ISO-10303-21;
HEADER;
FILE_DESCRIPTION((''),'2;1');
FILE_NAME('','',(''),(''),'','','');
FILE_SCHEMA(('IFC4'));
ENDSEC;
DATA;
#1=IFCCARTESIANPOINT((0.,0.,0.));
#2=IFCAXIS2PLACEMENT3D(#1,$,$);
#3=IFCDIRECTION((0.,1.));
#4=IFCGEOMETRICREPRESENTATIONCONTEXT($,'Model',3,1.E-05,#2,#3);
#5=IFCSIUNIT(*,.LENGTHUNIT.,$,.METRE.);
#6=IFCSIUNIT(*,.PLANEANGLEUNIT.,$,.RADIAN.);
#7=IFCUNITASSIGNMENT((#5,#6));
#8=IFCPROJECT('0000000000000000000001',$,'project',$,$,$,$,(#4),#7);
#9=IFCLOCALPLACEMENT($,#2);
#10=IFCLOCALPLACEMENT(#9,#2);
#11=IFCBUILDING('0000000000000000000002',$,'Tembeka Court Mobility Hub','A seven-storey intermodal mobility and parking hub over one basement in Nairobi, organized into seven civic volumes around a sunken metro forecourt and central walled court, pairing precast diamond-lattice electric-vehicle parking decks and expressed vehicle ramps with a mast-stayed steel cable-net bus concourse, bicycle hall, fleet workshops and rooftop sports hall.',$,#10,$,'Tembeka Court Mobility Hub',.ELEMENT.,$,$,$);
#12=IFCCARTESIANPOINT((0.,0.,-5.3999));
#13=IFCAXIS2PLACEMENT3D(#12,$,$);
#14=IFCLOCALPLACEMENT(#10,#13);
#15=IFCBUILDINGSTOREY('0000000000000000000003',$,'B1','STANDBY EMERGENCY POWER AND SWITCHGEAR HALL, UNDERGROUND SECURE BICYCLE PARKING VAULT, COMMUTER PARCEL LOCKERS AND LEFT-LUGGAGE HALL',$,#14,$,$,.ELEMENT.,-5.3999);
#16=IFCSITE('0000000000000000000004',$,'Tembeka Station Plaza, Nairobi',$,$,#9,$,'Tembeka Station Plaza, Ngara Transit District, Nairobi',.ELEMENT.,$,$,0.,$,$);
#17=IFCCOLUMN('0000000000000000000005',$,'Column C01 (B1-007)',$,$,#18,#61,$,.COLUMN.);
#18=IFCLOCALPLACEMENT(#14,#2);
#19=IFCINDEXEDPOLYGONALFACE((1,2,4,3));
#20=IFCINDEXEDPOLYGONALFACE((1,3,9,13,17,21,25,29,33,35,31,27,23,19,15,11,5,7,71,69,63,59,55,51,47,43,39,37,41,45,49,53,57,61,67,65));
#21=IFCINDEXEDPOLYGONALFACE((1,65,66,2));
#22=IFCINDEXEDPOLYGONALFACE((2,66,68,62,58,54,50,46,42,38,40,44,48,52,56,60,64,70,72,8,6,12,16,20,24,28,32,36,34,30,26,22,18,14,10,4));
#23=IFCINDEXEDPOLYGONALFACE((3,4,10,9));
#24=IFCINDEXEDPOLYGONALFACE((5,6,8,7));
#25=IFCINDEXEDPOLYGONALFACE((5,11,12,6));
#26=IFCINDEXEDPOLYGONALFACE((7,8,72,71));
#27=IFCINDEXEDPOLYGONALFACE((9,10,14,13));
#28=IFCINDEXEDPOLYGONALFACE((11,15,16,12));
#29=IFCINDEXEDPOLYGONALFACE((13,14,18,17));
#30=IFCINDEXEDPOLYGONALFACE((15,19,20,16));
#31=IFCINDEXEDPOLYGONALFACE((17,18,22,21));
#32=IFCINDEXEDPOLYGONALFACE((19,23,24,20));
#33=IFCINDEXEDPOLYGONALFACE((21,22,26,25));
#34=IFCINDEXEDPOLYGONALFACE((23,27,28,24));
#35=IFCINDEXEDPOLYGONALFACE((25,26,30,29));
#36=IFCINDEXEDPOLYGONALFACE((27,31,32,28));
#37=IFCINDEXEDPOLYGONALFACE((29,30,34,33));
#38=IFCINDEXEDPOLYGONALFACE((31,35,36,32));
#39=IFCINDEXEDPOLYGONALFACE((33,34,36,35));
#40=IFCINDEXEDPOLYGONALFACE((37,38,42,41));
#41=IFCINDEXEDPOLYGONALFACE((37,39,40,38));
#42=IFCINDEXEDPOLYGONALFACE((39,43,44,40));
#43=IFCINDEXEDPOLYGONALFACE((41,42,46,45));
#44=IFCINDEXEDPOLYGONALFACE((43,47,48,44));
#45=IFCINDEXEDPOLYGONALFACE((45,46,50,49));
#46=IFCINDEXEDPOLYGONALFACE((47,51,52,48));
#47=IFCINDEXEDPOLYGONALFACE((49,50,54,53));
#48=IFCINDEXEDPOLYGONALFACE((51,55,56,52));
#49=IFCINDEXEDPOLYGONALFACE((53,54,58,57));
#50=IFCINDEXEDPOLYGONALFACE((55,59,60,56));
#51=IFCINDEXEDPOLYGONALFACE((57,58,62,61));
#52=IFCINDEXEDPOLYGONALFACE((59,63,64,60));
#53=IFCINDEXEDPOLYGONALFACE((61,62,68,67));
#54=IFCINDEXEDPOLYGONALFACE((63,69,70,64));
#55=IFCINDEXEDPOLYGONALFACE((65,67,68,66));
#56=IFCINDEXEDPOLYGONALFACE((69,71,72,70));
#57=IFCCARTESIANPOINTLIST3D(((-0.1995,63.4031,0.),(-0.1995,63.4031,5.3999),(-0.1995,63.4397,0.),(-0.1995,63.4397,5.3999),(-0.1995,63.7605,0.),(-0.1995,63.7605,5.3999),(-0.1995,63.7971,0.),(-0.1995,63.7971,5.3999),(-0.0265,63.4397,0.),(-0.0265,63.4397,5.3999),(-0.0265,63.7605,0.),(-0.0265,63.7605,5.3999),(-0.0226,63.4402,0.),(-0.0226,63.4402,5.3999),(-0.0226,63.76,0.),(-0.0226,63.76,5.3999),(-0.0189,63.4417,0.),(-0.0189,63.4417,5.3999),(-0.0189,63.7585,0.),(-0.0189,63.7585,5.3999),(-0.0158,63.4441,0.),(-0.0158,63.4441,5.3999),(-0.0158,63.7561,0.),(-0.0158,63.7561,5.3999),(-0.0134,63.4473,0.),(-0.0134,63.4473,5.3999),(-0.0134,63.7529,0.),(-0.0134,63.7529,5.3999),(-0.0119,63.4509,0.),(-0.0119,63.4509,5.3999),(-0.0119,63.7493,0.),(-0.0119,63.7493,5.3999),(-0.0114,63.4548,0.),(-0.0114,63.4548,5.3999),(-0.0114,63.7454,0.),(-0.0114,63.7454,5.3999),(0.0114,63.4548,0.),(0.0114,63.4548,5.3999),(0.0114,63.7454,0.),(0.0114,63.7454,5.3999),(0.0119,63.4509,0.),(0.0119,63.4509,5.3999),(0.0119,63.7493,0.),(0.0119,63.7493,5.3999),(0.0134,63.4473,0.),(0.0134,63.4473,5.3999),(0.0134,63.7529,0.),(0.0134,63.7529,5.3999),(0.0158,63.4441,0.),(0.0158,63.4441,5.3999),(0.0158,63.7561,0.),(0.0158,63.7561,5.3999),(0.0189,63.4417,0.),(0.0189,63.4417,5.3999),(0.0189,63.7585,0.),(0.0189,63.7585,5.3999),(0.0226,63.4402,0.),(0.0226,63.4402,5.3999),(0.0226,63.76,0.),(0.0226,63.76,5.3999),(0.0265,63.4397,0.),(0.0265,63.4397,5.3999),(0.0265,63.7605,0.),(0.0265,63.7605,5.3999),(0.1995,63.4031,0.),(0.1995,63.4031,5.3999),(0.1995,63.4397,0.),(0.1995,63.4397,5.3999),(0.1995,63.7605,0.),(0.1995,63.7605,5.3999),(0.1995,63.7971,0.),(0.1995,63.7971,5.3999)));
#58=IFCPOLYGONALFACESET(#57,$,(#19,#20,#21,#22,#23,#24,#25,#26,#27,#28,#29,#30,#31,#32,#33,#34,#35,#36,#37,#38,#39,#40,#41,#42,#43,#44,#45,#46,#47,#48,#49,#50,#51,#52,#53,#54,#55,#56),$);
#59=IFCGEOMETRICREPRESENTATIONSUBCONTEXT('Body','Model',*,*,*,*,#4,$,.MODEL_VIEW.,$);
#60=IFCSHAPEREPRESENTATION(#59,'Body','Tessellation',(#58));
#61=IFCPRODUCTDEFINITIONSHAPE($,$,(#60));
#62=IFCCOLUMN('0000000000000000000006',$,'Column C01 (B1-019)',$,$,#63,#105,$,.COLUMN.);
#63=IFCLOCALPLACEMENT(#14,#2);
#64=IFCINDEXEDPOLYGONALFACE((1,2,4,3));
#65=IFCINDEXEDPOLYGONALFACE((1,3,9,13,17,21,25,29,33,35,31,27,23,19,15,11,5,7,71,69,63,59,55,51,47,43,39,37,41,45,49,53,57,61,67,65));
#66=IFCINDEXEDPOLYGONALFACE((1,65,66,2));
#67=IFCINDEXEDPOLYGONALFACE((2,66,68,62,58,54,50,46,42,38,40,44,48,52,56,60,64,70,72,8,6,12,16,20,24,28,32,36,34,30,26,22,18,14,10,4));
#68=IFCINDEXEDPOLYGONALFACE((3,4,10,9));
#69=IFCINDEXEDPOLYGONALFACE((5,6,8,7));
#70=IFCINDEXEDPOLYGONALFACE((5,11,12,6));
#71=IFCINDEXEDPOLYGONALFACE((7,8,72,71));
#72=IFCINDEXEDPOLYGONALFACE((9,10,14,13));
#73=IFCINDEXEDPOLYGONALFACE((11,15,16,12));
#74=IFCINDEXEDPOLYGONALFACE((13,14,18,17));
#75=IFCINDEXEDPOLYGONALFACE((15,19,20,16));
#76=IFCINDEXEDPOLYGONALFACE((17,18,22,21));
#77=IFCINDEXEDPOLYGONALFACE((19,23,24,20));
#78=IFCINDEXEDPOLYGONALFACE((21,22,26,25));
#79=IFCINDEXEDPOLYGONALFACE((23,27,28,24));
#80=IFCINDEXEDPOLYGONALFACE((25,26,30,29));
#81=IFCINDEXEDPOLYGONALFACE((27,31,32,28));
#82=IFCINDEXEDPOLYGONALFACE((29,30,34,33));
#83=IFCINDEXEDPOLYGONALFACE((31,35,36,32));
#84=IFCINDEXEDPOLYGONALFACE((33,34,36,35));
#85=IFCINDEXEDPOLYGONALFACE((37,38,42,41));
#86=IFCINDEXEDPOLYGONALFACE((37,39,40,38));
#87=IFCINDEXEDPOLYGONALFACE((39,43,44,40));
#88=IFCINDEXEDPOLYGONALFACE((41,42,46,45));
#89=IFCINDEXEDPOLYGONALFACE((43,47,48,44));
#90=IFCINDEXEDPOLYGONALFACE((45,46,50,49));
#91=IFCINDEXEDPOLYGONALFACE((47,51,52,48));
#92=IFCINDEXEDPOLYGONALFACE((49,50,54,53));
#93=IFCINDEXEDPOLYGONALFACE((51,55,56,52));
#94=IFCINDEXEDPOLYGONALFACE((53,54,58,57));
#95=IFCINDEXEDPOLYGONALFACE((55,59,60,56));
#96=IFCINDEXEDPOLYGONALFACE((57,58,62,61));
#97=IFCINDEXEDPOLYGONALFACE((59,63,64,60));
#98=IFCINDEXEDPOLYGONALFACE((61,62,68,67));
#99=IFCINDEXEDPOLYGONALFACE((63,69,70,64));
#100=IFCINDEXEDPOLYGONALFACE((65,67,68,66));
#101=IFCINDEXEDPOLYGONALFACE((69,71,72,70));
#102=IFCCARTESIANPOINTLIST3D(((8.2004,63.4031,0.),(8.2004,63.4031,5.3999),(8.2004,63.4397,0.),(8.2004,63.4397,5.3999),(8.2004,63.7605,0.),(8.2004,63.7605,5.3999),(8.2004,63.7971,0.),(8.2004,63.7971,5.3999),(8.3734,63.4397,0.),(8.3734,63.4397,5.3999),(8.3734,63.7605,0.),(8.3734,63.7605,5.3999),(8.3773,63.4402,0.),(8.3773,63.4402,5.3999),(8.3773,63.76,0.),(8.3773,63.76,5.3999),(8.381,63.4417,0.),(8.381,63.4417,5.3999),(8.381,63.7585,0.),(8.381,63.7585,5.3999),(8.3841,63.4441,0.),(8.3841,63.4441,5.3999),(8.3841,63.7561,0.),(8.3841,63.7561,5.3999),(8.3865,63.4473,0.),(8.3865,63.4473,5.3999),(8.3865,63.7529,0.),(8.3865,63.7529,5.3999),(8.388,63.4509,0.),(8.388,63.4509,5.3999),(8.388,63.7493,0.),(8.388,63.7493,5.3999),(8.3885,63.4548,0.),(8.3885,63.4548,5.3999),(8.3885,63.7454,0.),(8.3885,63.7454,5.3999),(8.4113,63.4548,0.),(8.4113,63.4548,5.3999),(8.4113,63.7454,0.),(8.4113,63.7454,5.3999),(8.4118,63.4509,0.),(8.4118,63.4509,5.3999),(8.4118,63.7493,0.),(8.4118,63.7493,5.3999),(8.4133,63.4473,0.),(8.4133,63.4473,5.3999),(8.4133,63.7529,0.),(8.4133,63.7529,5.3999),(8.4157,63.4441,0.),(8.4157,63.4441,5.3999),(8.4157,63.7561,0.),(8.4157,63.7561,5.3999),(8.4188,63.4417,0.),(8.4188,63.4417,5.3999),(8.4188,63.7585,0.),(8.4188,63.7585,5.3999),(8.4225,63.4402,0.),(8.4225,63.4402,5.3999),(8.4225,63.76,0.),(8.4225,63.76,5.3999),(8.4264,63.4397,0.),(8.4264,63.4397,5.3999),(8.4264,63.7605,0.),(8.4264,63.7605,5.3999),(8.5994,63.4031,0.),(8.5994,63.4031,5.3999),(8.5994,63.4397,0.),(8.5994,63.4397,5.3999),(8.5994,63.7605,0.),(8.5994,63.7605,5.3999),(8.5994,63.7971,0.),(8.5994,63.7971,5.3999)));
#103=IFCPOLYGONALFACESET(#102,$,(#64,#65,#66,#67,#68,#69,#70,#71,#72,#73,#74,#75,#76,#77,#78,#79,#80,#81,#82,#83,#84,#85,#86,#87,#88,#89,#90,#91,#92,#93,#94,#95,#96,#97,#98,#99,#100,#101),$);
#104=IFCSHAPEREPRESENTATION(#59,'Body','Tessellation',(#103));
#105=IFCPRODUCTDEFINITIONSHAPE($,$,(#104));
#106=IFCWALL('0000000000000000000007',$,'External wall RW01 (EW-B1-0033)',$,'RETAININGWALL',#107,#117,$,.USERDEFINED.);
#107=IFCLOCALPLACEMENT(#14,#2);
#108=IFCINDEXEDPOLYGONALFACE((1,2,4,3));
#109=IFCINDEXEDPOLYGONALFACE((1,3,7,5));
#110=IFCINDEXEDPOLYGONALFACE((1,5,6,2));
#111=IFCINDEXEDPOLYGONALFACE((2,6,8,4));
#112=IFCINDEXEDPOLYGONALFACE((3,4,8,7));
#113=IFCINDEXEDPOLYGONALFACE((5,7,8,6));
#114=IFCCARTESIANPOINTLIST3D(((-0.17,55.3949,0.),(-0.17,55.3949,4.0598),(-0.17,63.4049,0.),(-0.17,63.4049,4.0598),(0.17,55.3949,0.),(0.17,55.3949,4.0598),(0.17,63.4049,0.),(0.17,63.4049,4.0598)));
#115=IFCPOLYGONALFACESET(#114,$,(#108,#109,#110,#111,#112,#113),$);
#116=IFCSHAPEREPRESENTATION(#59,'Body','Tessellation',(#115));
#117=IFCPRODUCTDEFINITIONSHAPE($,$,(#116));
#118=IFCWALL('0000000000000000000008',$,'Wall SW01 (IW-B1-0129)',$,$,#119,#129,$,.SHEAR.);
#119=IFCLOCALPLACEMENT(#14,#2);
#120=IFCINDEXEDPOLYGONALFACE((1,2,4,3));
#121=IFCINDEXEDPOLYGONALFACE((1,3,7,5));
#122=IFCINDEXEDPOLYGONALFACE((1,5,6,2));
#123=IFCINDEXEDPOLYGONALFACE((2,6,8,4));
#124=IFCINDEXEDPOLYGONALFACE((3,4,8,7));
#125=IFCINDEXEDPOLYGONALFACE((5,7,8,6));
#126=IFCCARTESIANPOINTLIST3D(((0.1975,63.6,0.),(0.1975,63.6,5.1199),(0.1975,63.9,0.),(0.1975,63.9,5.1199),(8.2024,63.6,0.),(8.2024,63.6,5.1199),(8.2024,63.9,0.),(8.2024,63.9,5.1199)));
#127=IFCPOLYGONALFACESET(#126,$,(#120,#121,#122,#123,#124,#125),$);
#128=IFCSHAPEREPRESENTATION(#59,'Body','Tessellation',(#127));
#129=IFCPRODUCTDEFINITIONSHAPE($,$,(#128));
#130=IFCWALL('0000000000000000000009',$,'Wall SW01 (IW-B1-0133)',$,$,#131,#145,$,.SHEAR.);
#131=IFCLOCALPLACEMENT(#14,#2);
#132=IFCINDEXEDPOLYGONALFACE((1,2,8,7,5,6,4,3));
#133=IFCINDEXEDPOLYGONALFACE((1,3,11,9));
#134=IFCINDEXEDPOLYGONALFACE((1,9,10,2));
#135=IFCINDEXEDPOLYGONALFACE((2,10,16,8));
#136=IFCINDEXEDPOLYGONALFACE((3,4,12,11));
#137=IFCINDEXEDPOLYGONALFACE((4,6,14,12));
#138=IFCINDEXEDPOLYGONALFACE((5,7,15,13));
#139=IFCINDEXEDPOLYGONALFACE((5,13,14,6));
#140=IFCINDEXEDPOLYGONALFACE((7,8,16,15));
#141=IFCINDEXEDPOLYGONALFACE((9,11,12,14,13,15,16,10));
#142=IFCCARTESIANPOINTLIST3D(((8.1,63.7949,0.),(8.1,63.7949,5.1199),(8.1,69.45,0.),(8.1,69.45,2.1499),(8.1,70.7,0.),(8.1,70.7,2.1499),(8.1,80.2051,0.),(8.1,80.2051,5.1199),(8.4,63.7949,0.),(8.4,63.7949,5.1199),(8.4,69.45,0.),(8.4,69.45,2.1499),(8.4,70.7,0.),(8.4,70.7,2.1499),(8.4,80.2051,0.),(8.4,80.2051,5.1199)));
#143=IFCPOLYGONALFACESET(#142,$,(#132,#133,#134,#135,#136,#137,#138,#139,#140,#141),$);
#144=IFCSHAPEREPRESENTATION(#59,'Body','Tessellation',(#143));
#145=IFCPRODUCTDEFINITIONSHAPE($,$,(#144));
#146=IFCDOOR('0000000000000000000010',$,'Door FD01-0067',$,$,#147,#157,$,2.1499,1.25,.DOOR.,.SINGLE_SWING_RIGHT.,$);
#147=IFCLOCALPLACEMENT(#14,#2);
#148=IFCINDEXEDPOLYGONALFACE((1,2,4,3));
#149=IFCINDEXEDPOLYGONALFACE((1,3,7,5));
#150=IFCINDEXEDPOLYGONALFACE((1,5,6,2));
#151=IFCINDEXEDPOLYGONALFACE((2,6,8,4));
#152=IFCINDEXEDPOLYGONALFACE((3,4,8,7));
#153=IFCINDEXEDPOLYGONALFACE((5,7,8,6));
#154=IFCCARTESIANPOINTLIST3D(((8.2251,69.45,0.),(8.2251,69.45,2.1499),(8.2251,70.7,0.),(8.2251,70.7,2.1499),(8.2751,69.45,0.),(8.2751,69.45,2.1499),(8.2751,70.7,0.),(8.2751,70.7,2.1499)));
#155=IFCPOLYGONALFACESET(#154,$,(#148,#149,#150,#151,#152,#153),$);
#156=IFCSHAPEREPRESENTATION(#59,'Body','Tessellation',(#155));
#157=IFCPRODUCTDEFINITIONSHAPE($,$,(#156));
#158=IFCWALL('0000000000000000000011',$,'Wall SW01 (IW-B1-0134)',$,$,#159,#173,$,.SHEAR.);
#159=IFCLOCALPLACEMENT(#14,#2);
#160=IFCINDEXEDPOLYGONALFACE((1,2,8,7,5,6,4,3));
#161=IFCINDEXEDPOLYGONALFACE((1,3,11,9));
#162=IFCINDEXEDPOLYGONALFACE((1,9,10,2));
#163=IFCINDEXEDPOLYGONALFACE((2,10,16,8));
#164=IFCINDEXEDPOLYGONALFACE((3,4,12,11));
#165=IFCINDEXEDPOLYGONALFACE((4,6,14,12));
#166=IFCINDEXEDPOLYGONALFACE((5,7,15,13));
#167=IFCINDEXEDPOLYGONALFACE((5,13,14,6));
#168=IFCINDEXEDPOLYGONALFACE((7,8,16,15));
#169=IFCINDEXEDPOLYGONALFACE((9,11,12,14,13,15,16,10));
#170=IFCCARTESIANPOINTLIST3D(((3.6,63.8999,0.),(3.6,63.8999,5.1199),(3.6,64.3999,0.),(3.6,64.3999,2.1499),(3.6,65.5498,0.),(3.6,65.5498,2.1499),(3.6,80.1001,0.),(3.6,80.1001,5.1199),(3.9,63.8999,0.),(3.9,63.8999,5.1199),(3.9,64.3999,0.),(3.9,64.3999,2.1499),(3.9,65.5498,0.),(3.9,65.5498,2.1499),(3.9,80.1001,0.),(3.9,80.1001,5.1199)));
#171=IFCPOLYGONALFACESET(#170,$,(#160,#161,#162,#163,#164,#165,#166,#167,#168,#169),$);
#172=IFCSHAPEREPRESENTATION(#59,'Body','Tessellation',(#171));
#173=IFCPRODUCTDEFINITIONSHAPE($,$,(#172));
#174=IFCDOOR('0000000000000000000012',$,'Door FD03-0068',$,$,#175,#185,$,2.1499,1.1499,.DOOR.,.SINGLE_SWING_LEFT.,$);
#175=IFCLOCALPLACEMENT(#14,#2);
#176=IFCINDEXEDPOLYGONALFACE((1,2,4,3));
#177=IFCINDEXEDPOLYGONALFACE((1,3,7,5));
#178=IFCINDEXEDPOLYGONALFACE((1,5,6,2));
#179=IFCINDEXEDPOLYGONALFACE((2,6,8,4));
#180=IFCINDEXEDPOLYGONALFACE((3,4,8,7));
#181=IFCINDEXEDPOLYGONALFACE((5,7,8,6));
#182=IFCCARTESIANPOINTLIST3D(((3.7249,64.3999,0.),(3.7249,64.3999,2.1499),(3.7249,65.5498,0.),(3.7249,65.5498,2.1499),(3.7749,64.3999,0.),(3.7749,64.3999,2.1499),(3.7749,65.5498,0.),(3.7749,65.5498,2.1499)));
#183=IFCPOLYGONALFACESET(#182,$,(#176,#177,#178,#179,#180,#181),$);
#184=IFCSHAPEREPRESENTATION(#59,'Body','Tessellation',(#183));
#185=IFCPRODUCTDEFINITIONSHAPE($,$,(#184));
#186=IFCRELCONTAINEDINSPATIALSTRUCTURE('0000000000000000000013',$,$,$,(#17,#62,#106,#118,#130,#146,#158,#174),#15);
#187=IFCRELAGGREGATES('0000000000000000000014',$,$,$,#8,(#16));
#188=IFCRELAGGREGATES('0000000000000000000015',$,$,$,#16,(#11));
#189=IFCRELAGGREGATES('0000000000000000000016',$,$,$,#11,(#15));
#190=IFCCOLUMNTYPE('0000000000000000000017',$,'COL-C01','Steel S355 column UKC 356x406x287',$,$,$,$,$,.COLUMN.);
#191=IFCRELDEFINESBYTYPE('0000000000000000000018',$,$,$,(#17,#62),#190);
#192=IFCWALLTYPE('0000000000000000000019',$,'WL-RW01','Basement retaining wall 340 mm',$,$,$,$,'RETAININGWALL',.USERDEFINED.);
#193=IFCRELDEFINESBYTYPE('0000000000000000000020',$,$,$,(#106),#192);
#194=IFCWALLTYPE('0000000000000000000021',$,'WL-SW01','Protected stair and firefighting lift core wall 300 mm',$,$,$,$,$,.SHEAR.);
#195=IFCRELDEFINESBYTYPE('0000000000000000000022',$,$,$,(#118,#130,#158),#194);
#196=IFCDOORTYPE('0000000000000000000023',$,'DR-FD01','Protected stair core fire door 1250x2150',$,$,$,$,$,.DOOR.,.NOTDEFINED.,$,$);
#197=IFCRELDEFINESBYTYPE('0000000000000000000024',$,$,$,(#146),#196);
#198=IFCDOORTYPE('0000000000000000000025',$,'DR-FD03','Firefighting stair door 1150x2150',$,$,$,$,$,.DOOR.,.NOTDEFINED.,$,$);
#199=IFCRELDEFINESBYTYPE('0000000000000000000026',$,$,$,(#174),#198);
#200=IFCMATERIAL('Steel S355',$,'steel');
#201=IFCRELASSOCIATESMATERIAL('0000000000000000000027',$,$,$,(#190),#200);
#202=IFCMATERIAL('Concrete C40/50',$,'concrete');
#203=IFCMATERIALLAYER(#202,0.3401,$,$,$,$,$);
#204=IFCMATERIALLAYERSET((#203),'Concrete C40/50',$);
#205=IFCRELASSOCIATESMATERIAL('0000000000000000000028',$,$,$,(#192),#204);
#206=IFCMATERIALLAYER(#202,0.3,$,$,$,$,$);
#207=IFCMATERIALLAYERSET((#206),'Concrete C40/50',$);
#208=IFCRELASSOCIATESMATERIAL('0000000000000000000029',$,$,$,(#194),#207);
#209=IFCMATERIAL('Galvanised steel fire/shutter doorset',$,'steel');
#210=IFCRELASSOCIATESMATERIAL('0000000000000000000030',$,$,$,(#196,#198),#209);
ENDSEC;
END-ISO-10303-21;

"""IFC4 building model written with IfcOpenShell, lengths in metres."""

from ifc_helpers import new_model, si_unit, direction, frame, frame_2d, origin, origin_2d, place, context, subcontext, project, spatial, rectangle, i_section, extrude, material, layer, layer_set, material_profile, profile_set, type_object, element, fill, save


model = new_model("IFC4")

# Units and contexts
model_context = context("Model", 3, precision=1e-05, world=origin(), true_north=direction((0.0, 1.0)))
body_context = subcontext(model_context, "Body", "Model", "MODEL_VIEW")
ifc_project = project(units=[si_unit("LENGTHUNIT", "METRE"), si_unit("PLANEANGLEUNIT", "RADIAN")], contexts=[model_context])

# Site, building, storey
site_placement = place(None, origin())
site = spatial("IfcSite", under=ifc_project, at=site_placement, Name="Tembeka Station Plaza, Nairobi", LongName="Tembeka Station Plaza, Ngara Transit District, Nairobi", CompositionType="ELEMENT", RefElevation=0.0)
building_placement = place(site_placement, origin())
building = spatial("IfcBuilding", under=site, at=building_placement, Name="Tembeka Court Mobility Hub", Description="A seven-storey intermodal mobility and parking hub over one basement in Nairobi, organized into seven civic volumes around a sunken metro forecourt and central walled court, pairing precast diamond-lattice electric-vehicle parking decks and expressed vehicle ramps with a mast-stayed steel cable-net bus concourse, bicycle hall, fleet workshops and rooftop sports hall.", LongName="Tembeka Court Mobility Hub", CompositionType="ELEMENT")
storey_placement = place(building_placement, frame((0.0, 0.0, -5.3999)))
storey = spatial("IfcBuildingStorey", under=building, at=storey_placement, Name="B1", Description="STANDBY EMERGENCY POWER AND SWITCHGEAR HALL, UNDERGROUND SECURE BICYCLE PARKING VAULT, COMMUTER PARCEL LOCKERS AND LEFT-LUGGAGE HALL", CompositionType="ELEMENT", Elevation=-5.3999)

# Shared definitions
ifc_material_1 = material(Name="Concrete C40/50", Category="concrete")

# Columns
ifc_material_2 = material(Name="Steel S355", Category="steel")
ifc_material_profile_1 = material_profile(ifc_material_2, i_section(OverallWidth=0.3989, OverallDepth=0.394, WebThickness=0.0227, FlangeThickness=0.0366, FilletRadius=0.0151, at=origin_2d()), Name="UKC 356x406x287")
ifc_profile_set_1 = profile_set([ifc_material_profile_1], Name="Steel S355")
column_type = type_object("IfcColumnType", Name="COL-C01", Description="Steel S355 column UKC 356x406x287", PredefinedType="COLUMN", material=ifc_profile_set_1)
for number, where, z_axis, x_axis, name in (
    (1, (0.0, 63.6001, 0.0), (0.0, 0.0, 1.0), (1.0, 0.0, 0.0), "Column C01 (B1-007)"),
    (2, (8.3999, 63.6001, 0.0), (0.0, 0.0, 1.0), (1.0, 0.0, 0.0), "Column C01 (B1-019)"),
):
    element("IfcColumn", number, at=place(storey_placement, frame(where, z_axis=z_axis, x_axis=x_axis)), inside=storey, type_object=column_type, Name=name, PredefinedType="COLUMN", context=body_context, shape_type="SweptSolid", body=[
        extrude(i_section(OverallWidth=0.3989, OverallDepth=0.394, WebThickness=0.0227, FlangeThickness=0.0366, FilletRadius=0.0151, at=origin_2d()), origin(), (0.0, 0.0, 1.0), 5.3999),
    ])

# Walls
ifc_layer_1 = layer(ifc_material_1, 0.3401)
ifc_layer_set_1 = layer_set([ifc_layer_1], Name="Concrete C40/50")
wall_type_1 = type_object("IfcWallType", Name="WL-RW01", Description="Basement retaining wall 340 mm", ElementType="RETAININGWALL", PredefinedType="USERDEFINED", material=ifc_layer_set_1)
wall_1_placement = place(storey_placement, frame((0.0, 55.395, 0.0), z_axis=(0.0, 0.0, 1.0), x_axis=(0.0, 1.0, 0.0)))
element("IfcWall", 3, at=wall_1_placement, inside=storey, type_object=wall_type_1, Name="External wall RW01 (EW-B1-0033)", ObjectType="RETAININGWALL", PredefinedType="USERDEFINED", context=body_context, shape_type="SweptSolid", body=[
    extrude(rectangle(XDim=8.01, YDim=0.3401, at=frame_2d((4.0049, 0.0))), origin(), (0.0, 0.0, 1.0), 4.0598),
])
ifc_layer_2 = layer(ifc_material_1, 0.3)
ifc_layer_set_2 = layer_set([ifc_layer_2], Name="Concrete C40/50")
wall_type_2 = type_object("IfcWallType", Name="WL-SW01", Description="Protected stair and firefighting lift core wall 300 mm", PredefinedType="SHEAR", material=ifc_layer_set_2)
wall_2_placement = place(storey_placement, frame((0.1975, 63.75, 0.0), z_axis=(0.0, 0.0, 1.0), x_axis=(1.0, 0.0, 0.0)))
element("IfcWall", 4, at=wall_2_placement, inside=storey, type_object=wall_type_2, Name="Wall SW01 (IW-B1-0129)", PredefinedType="SHEAR", context=body_context, shape_type="SweptSolid", body=[
    extrude(rectangle(XDim=8.0049, YDim=0.3, at=frame_2d((4.0024, 0.0))), origin(), (0.0, 0.0, 1.0), 5.1199),
])

# Walls, openings, doors
wall_3_placement = place(storey_placement, frame((8.25, 63.7949, 0.0), z_axis=(0.0, 0.0, 1.0), x_axis=(0.0, 1.0, 0.0)))
wall_3 = element("IfcWall", 5, at=wall_3_placement, inside=storey, type_object=wall_type_2, Name="Wall SW01 (IW-B1-0133)", PredefinedType="SHEAR", context=body_context, shape_type="SweptSolid", body=[
    extrude(rectangle(XDim=16.4102, YDim=0.3, at=frame_2d((8.2051, 0.0))), origin(), (0.0, 0.0, 1.0), 5.1199),
])
opening_1_placement = place(wall_3_placement, frame((5.655, 0.0, 0.0)))
opening_1 = element("IfcOpeningElement", 6, at=opening_1_placement, cuts=wall_3, PredefinedType="OPENING", context=body_context, shape_type="SweptSolid", body=[
    extrude(rectangle(XDim=1.25, YDim=2.1499, at=frame_2d((0.625, 1.075))), frame((0.0, 0.1602, 0.0), z_axis=(0.0, -1.0, 0.0), x_axis=(1.0, 0.0, 0.0)), (0.0, 0.0, 1.0), 0.3201),
])
ifc_material_3 = material(Name="Galvanised steel fire/shutter doorset", Category="steel")
door_type_1 = type_object("IfcDoorType", Name="DR-FD01", Description="Protected stair core fire door 1250x2150", OperationType="NOTDEFINED", PredefinedType="DOOR", material=ifc_material_3)
door_1_placement = place(opening_1_placement, origin())
door_1 = element("IfcDoor", 7, at=door_1_placement, inside=storey, type_object=door_type_1, Name="Door FD01-0067", OperationType="SINGLE_SWING_RIGHT", OverallHeight=2.1499, OverallWidth=1.25, PredefinedType="DOOR", context=body_context, shape_type="SweptSolid", body=[
    extrude(rectangle(XDim=1.25, YDim=2.1499, at=frame_2d((0.625, 1.075))), frame((0.0, 0.0249, 0.0), z_axis=(0.0, -1.0, 0.0), x_axis=(1.0, 0.0, 0.0)), (0.0, 0.0, 1.0), 0.05),
])
fill(opening_1, door_1)
wall_4_placement = place(storey_placement, frame((3.75, 63.8999, 0.0), z_axis=(0.0, 0.0, 1.0), x_axis=(0.0, 1.0, 0.0)))
wall_4 = element("IfcWall", 8, at=wall_4_placement, inside=storey, type_object=wall_type_2, Name="Wall SW01 (IW-B1-0134)", PredefinedType="SHEAR", context=body_context, shape_type="SweptSolid", body=[
    extrude(rectangle(XDim=16.2002, YDim=0.3, at=frame_2d((8.1001, 0.0))), origin(), (0.0, 0.0, 1.0), 5.1199),
])
opening_2_placement = place(wall_4_placement, frame((0.5, 0.0, 0.0)))
opening_2 = element("IfcOpeningElement", 9, at=opening_2_placement, cuts=wall_4, PredefinedType="OPENING", context=body_context, shape_type="SweptSolid", body=[
    extrude(rectangle(XDim=1.1499, YDim=2.1499, at=frame_2d((0.575, 1.075))), frame((0.0, 0.1602, 0.0), z_axis=(0.0, -1.0, 0.0), x_axis=(1.0, 0.0, 0.0)), (0.0, 0.0, 1.0), 0.3201),
])
door_type_2 = type_object("IfcDoorType", Name="DR-FD03", Description="Firefighting stair door 1150x2150", OperationType="NOTDEFINED", PredefinedType="DOOR", material=ifc_material_3)
door_2_placement = place(opening_2_placement, frame((1.1499, 0.0, 0.0), z_axis=(0.0, 0.0, 1.0), x_axis=(-1.0, 0.0, 0.0)))
door_2 = element("IfcDoor", 10, at=door_2_placement, inside=storey, type_object=door_type_2, Name="Door FD03-0068", OperationType="SINGLE_SWING_LEFT", OverallHeight=2.1499, OverallWidth=1.1499, PredefinedType="DOOR", context=body_context, shape_type="SweptSolid", body=[
    extrude(rectangle(XDim=1.1499, YDim=2.1499, at=frame_2d((0.575, 1.075))), frame((0.0, 0.0249, 0.0), z_axis=(0.0, -1.0, 0.0), x_axis=(1.0, 0.0, 0.0)), (0.0, 0.0, 1.0), 0.05),
])
fill(opening_2, door_2)

save(model, "model.ifc")
